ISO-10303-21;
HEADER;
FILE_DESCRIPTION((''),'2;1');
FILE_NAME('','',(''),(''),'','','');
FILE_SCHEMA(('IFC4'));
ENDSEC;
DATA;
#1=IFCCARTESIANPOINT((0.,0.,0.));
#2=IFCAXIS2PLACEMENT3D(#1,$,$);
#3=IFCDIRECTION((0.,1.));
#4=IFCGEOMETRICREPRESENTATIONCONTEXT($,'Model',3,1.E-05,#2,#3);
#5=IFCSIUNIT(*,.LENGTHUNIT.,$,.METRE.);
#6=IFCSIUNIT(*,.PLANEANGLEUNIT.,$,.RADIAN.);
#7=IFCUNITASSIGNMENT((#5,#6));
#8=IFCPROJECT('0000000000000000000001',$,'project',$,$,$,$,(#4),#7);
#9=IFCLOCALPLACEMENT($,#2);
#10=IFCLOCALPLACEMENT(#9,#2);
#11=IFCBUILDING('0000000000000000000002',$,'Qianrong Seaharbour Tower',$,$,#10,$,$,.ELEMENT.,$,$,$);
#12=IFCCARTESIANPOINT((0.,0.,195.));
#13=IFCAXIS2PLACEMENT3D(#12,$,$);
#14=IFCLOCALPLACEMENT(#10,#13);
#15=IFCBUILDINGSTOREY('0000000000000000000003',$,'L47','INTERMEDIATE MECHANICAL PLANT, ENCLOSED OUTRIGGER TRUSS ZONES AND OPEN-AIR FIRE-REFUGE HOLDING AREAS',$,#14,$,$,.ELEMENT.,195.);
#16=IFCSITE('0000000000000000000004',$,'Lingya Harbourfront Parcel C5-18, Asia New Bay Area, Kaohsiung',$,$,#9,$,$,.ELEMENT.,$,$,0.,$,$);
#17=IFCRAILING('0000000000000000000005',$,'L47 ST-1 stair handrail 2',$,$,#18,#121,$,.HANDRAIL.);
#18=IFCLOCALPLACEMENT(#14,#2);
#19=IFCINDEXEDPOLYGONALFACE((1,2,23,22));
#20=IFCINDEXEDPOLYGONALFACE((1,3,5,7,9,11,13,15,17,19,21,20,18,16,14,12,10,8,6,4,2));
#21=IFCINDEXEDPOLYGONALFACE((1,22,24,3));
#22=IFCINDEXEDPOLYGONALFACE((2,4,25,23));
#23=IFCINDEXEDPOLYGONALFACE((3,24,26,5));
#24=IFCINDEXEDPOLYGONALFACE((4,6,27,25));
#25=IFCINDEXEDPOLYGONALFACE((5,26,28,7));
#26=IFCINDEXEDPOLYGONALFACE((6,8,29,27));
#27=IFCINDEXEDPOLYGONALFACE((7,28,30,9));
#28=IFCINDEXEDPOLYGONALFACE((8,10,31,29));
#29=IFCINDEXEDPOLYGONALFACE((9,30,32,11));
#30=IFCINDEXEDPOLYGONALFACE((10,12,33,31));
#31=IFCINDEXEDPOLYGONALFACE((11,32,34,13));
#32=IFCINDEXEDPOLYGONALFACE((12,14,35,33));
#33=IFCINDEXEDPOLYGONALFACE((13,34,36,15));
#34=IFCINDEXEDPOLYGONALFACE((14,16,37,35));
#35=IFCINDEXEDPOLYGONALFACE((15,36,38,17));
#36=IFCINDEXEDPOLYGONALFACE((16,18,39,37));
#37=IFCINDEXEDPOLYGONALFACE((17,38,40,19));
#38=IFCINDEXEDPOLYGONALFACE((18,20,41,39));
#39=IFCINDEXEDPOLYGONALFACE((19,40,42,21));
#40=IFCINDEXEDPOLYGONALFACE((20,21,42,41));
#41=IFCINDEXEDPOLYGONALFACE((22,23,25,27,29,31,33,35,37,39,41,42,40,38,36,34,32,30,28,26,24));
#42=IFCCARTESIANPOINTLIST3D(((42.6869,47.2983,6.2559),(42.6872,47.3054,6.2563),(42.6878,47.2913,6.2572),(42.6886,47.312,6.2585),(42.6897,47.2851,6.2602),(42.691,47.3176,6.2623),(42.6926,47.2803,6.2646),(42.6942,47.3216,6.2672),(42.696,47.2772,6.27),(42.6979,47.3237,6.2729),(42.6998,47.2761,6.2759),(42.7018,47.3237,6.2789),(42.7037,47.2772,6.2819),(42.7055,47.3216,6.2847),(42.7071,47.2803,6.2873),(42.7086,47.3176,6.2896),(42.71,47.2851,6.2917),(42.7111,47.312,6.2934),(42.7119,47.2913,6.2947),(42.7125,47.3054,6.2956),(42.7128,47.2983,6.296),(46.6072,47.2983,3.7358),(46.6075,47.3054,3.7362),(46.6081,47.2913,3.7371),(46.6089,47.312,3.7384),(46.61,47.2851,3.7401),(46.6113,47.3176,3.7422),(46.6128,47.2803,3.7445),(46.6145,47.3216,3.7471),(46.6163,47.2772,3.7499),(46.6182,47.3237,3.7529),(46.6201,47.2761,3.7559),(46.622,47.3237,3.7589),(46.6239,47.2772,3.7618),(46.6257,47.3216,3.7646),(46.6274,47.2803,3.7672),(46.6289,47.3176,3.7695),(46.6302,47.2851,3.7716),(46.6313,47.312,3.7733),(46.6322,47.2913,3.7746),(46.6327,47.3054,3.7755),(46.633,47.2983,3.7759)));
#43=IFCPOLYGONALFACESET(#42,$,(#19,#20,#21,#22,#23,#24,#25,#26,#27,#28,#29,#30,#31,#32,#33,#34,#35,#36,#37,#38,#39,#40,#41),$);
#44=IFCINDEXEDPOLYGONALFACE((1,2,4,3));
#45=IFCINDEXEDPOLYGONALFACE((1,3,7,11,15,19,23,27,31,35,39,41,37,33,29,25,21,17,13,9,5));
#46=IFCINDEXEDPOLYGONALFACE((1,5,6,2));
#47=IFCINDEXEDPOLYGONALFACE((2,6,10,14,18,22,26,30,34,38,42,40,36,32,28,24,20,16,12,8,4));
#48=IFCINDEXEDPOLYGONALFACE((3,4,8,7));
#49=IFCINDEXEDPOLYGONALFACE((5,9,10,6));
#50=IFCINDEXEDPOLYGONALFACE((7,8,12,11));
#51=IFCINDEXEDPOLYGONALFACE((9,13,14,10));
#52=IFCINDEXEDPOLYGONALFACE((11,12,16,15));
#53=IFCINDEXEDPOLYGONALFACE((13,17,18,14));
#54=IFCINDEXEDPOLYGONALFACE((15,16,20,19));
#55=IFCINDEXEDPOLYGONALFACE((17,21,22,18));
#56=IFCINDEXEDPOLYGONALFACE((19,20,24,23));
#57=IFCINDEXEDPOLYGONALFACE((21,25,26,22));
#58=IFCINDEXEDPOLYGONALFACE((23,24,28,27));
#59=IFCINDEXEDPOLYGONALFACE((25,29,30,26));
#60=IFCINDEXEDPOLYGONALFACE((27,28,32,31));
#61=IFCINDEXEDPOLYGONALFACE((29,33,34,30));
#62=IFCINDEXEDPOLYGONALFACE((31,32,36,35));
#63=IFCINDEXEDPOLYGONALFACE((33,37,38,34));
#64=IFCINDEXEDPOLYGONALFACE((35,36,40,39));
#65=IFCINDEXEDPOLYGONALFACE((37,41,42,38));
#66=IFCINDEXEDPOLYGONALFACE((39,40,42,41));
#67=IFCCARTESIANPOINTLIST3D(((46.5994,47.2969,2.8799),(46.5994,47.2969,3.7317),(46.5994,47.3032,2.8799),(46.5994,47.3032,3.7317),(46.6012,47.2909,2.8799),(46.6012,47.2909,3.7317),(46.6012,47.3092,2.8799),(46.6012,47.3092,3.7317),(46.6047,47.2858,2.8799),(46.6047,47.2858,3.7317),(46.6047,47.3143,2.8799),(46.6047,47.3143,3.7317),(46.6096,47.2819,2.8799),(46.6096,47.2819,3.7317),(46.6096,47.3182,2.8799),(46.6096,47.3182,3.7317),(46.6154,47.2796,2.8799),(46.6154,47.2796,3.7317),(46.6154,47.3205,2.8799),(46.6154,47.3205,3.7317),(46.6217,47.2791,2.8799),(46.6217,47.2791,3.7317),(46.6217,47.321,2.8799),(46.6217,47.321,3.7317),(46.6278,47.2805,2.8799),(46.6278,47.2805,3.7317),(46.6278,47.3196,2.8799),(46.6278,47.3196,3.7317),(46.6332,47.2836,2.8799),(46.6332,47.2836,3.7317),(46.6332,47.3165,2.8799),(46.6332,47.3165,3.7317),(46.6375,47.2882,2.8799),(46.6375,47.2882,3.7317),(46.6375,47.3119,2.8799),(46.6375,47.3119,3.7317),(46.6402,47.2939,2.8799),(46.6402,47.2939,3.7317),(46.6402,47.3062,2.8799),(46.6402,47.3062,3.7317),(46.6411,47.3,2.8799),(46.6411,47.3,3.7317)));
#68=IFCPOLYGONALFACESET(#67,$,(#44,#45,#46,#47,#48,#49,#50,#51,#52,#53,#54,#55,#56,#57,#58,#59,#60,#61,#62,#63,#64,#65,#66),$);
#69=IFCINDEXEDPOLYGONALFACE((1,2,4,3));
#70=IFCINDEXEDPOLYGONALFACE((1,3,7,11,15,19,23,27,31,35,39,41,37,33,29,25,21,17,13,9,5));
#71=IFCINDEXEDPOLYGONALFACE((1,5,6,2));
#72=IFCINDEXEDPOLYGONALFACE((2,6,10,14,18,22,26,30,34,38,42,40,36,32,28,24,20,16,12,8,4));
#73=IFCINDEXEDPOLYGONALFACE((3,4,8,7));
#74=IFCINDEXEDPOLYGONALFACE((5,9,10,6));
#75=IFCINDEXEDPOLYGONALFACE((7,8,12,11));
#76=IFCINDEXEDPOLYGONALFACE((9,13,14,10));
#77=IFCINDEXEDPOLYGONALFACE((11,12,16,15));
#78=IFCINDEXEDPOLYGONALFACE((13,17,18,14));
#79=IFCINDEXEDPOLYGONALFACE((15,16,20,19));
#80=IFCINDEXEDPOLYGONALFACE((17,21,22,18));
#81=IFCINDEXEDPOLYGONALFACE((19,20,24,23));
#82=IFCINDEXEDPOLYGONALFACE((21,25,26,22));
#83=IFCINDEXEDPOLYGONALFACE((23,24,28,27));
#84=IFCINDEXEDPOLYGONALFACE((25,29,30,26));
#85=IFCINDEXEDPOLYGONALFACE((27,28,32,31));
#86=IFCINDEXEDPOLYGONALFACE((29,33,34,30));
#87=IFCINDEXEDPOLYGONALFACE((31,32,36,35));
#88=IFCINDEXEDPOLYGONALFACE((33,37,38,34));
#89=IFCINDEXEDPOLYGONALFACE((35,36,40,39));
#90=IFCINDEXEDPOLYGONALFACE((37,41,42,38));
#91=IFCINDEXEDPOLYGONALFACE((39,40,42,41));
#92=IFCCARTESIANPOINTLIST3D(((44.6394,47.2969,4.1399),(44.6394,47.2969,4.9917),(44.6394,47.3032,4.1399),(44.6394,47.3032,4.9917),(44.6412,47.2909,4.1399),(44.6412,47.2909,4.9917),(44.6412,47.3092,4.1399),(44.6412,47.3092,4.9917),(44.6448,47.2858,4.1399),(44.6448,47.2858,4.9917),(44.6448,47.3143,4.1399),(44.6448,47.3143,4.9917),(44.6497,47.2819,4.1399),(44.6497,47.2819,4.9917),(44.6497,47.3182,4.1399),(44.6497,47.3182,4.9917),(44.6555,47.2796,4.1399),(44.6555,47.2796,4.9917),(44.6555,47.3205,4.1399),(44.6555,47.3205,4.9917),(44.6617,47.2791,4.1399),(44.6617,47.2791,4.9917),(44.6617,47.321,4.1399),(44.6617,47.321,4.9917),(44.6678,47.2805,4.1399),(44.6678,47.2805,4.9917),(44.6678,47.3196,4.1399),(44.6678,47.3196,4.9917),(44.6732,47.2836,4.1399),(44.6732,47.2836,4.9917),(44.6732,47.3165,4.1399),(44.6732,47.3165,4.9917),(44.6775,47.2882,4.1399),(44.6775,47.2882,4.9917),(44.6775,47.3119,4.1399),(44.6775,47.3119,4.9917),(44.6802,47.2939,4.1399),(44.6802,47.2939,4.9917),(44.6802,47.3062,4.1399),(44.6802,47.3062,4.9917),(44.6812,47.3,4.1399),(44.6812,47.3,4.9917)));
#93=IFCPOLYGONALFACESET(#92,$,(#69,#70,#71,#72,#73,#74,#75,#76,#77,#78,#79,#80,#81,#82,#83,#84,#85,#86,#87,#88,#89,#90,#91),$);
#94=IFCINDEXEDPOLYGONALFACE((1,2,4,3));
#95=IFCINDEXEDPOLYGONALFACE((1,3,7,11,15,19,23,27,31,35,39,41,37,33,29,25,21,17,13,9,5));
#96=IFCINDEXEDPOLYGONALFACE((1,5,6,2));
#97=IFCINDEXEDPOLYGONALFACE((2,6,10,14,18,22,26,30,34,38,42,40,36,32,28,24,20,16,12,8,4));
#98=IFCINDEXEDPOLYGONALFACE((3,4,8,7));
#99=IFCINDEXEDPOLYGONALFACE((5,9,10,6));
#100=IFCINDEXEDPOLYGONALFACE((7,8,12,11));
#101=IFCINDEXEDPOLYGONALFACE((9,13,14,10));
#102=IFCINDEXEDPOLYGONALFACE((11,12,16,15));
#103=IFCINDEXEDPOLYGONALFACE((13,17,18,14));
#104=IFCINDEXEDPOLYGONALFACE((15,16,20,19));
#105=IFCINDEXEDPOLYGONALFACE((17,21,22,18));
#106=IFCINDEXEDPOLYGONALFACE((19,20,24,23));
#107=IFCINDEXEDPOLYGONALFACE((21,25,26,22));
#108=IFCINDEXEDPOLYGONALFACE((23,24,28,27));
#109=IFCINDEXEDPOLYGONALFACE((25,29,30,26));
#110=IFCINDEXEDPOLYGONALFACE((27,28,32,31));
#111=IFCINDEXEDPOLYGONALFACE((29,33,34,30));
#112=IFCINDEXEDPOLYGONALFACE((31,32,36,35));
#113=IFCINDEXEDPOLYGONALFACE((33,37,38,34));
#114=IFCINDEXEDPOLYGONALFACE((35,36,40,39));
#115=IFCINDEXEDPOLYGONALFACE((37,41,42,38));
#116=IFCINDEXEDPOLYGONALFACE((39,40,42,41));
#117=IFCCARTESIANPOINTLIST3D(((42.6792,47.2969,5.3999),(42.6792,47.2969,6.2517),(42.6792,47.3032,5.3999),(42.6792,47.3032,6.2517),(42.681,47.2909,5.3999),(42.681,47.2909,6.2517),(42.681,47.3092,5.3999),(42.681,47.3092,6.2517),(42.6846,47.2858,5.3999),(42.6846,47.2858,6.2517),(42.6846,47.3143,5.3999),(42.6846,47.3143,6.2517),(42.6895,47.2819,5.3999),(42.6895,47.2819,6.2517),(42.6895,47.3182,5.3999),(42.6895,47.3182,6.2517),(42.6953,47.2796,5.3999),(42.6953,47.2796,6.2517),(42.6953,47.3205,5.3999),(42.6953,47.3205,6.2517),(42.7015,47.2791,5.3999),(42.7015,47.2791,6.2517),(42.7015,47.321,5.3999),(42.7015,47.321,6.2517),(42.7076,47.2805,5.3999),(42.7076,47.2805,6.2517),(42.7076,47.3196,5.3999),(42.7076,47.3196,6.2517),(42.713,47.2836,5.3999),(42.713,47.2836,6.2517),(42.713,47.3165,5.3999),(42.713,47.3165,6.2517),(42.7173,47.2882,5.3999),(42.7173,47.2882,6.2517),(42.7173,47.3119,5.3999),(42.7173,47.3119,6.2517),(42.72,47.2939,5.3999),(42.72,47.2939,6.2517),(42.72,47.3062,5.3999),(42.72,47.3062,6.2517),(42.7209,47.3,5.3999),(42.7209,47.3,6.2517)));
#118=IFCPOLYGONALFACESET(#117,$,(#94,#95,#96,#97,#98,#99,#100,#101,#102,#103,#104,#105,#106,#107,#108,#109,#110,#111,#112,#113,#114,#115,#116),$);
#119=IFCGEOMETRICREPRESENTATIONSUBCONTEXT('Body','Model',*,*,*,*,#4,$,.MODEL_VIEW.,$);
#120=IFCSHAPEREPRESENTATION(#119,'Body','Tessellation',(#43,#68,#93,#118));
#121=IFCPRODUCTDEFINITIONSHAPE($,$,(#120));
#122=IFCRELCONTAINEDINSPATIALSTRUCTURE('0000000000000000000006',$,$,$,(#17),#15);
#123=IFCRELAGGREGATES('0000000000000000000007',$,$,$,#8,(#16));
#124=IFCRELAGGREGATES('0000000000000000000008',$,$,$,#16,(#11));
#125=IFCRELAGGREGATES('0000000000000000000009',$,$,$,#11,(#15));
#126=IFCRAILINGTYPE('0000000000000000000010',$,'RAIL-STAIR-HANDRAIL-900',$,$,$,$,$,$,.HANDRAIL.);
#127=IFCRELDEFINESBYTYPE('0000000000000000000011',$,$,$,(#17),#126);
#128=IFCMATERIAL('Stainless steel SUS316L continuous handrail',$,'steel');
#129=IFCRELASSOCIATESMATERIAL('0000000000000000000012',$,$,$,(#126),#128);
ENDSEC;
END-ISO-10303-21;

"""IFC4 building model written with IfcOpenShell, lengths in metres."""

from ifc_helpers import new_model, si_unit, direction, frame, origin, origin_2d, place, context, subcontext, project, spatial, circle, extrude, material, type_object, element, save


model = new_model("IFC4")

# Units and contexts
model_context = context("Model", 3, precision=1e-05, world=origin(), true_north=direction((0.0, 1.0)))
body_context = subcontext(model_context, "Body", "Model", "MODEL_VIEW")
ifc_project = project(units=[si_unit("LENGTHUNIT", "METRE"), si_unit("PLANEANGLEUNIT", "RADIAN")], contexts=[model_context])

# Site, building, storey
site_placement = place(None, origin())
site = spatial("IfcSite", under=ifc_project, at=site_placement, Name="Lingya Harbourfront Parcel C5-18, Asia New Bay Area, Kaohsiung", CompositionType="ELEMENT", RefElevation=0.0)
building_placement = place(site_placement, origin())
building = spatial("IfcBuilding", under=site, at=building_placement, Name="Qianrong Seaharbour Tower", CompositionType="ELEMENT")
storey_placement = place(building_placement, frame((0.0, 0.0, 195.0)))
storey = spatial("IfcBuildingStorey", under=building, at=storey_placement, Name="L47", Description="INTERMEDIATE MECHANICAL PLANT, ENCLOSED OUTRIGGER TRUSS ZONES AND OPEN-AIR FIRE-REFUGE HOLDING AREAS", CompositionType="ELEMENT", Elevation=195.0)

# Railing
ifc_material_1 = material(Name="Stainless steel SUS316L continuous handrail", Category="steel")
railing_type_1 = type_object("IfcRailingType", Name="RAIL-STAIR-HANDRAIL-900", PredefinedType="HANDRAIL", material=ifc_material_1)
railing_1_placement = place(storey_placement, frame((46.6201, 47.3, 2.8799)))
element("IfcRailing", 1, at=railing_1_placement, inside=storey, type_object=railing_type_1, Name="L47 ST-1 stair handrail 2", PredefinedType="HANDRAIL", context=body_context, shape_type="SweptSolid", body=[
    extrude(circle(Radius=0.0239, at=origin_2d()), frame((0.0, 0.0, 0.876), z_axis=(-0.841187, 0.0, 0.540744), x_axis=(0.0, -1.0, 0.0)), (0.0, 0.0, 1.0), 4.6604),
    extrude(circle(Radius=0.021, at=origin_2d()), origin(), (0.0, 0.0, 1.0), 0.8518),
    extrude(circle(Radius=0.021, at=origin_2d()), frame((-1.96, 0.0, 1.26)), (0.0, 0.0, 1.0), 0.8518),
    extrude(circle(Radius=0.021, at=origin_2d()), frame((-3.9202, 0.0, 2.52)), (0.0, 0.0, 1.0), 0.8518),
])

save(model, "model.ifc")
